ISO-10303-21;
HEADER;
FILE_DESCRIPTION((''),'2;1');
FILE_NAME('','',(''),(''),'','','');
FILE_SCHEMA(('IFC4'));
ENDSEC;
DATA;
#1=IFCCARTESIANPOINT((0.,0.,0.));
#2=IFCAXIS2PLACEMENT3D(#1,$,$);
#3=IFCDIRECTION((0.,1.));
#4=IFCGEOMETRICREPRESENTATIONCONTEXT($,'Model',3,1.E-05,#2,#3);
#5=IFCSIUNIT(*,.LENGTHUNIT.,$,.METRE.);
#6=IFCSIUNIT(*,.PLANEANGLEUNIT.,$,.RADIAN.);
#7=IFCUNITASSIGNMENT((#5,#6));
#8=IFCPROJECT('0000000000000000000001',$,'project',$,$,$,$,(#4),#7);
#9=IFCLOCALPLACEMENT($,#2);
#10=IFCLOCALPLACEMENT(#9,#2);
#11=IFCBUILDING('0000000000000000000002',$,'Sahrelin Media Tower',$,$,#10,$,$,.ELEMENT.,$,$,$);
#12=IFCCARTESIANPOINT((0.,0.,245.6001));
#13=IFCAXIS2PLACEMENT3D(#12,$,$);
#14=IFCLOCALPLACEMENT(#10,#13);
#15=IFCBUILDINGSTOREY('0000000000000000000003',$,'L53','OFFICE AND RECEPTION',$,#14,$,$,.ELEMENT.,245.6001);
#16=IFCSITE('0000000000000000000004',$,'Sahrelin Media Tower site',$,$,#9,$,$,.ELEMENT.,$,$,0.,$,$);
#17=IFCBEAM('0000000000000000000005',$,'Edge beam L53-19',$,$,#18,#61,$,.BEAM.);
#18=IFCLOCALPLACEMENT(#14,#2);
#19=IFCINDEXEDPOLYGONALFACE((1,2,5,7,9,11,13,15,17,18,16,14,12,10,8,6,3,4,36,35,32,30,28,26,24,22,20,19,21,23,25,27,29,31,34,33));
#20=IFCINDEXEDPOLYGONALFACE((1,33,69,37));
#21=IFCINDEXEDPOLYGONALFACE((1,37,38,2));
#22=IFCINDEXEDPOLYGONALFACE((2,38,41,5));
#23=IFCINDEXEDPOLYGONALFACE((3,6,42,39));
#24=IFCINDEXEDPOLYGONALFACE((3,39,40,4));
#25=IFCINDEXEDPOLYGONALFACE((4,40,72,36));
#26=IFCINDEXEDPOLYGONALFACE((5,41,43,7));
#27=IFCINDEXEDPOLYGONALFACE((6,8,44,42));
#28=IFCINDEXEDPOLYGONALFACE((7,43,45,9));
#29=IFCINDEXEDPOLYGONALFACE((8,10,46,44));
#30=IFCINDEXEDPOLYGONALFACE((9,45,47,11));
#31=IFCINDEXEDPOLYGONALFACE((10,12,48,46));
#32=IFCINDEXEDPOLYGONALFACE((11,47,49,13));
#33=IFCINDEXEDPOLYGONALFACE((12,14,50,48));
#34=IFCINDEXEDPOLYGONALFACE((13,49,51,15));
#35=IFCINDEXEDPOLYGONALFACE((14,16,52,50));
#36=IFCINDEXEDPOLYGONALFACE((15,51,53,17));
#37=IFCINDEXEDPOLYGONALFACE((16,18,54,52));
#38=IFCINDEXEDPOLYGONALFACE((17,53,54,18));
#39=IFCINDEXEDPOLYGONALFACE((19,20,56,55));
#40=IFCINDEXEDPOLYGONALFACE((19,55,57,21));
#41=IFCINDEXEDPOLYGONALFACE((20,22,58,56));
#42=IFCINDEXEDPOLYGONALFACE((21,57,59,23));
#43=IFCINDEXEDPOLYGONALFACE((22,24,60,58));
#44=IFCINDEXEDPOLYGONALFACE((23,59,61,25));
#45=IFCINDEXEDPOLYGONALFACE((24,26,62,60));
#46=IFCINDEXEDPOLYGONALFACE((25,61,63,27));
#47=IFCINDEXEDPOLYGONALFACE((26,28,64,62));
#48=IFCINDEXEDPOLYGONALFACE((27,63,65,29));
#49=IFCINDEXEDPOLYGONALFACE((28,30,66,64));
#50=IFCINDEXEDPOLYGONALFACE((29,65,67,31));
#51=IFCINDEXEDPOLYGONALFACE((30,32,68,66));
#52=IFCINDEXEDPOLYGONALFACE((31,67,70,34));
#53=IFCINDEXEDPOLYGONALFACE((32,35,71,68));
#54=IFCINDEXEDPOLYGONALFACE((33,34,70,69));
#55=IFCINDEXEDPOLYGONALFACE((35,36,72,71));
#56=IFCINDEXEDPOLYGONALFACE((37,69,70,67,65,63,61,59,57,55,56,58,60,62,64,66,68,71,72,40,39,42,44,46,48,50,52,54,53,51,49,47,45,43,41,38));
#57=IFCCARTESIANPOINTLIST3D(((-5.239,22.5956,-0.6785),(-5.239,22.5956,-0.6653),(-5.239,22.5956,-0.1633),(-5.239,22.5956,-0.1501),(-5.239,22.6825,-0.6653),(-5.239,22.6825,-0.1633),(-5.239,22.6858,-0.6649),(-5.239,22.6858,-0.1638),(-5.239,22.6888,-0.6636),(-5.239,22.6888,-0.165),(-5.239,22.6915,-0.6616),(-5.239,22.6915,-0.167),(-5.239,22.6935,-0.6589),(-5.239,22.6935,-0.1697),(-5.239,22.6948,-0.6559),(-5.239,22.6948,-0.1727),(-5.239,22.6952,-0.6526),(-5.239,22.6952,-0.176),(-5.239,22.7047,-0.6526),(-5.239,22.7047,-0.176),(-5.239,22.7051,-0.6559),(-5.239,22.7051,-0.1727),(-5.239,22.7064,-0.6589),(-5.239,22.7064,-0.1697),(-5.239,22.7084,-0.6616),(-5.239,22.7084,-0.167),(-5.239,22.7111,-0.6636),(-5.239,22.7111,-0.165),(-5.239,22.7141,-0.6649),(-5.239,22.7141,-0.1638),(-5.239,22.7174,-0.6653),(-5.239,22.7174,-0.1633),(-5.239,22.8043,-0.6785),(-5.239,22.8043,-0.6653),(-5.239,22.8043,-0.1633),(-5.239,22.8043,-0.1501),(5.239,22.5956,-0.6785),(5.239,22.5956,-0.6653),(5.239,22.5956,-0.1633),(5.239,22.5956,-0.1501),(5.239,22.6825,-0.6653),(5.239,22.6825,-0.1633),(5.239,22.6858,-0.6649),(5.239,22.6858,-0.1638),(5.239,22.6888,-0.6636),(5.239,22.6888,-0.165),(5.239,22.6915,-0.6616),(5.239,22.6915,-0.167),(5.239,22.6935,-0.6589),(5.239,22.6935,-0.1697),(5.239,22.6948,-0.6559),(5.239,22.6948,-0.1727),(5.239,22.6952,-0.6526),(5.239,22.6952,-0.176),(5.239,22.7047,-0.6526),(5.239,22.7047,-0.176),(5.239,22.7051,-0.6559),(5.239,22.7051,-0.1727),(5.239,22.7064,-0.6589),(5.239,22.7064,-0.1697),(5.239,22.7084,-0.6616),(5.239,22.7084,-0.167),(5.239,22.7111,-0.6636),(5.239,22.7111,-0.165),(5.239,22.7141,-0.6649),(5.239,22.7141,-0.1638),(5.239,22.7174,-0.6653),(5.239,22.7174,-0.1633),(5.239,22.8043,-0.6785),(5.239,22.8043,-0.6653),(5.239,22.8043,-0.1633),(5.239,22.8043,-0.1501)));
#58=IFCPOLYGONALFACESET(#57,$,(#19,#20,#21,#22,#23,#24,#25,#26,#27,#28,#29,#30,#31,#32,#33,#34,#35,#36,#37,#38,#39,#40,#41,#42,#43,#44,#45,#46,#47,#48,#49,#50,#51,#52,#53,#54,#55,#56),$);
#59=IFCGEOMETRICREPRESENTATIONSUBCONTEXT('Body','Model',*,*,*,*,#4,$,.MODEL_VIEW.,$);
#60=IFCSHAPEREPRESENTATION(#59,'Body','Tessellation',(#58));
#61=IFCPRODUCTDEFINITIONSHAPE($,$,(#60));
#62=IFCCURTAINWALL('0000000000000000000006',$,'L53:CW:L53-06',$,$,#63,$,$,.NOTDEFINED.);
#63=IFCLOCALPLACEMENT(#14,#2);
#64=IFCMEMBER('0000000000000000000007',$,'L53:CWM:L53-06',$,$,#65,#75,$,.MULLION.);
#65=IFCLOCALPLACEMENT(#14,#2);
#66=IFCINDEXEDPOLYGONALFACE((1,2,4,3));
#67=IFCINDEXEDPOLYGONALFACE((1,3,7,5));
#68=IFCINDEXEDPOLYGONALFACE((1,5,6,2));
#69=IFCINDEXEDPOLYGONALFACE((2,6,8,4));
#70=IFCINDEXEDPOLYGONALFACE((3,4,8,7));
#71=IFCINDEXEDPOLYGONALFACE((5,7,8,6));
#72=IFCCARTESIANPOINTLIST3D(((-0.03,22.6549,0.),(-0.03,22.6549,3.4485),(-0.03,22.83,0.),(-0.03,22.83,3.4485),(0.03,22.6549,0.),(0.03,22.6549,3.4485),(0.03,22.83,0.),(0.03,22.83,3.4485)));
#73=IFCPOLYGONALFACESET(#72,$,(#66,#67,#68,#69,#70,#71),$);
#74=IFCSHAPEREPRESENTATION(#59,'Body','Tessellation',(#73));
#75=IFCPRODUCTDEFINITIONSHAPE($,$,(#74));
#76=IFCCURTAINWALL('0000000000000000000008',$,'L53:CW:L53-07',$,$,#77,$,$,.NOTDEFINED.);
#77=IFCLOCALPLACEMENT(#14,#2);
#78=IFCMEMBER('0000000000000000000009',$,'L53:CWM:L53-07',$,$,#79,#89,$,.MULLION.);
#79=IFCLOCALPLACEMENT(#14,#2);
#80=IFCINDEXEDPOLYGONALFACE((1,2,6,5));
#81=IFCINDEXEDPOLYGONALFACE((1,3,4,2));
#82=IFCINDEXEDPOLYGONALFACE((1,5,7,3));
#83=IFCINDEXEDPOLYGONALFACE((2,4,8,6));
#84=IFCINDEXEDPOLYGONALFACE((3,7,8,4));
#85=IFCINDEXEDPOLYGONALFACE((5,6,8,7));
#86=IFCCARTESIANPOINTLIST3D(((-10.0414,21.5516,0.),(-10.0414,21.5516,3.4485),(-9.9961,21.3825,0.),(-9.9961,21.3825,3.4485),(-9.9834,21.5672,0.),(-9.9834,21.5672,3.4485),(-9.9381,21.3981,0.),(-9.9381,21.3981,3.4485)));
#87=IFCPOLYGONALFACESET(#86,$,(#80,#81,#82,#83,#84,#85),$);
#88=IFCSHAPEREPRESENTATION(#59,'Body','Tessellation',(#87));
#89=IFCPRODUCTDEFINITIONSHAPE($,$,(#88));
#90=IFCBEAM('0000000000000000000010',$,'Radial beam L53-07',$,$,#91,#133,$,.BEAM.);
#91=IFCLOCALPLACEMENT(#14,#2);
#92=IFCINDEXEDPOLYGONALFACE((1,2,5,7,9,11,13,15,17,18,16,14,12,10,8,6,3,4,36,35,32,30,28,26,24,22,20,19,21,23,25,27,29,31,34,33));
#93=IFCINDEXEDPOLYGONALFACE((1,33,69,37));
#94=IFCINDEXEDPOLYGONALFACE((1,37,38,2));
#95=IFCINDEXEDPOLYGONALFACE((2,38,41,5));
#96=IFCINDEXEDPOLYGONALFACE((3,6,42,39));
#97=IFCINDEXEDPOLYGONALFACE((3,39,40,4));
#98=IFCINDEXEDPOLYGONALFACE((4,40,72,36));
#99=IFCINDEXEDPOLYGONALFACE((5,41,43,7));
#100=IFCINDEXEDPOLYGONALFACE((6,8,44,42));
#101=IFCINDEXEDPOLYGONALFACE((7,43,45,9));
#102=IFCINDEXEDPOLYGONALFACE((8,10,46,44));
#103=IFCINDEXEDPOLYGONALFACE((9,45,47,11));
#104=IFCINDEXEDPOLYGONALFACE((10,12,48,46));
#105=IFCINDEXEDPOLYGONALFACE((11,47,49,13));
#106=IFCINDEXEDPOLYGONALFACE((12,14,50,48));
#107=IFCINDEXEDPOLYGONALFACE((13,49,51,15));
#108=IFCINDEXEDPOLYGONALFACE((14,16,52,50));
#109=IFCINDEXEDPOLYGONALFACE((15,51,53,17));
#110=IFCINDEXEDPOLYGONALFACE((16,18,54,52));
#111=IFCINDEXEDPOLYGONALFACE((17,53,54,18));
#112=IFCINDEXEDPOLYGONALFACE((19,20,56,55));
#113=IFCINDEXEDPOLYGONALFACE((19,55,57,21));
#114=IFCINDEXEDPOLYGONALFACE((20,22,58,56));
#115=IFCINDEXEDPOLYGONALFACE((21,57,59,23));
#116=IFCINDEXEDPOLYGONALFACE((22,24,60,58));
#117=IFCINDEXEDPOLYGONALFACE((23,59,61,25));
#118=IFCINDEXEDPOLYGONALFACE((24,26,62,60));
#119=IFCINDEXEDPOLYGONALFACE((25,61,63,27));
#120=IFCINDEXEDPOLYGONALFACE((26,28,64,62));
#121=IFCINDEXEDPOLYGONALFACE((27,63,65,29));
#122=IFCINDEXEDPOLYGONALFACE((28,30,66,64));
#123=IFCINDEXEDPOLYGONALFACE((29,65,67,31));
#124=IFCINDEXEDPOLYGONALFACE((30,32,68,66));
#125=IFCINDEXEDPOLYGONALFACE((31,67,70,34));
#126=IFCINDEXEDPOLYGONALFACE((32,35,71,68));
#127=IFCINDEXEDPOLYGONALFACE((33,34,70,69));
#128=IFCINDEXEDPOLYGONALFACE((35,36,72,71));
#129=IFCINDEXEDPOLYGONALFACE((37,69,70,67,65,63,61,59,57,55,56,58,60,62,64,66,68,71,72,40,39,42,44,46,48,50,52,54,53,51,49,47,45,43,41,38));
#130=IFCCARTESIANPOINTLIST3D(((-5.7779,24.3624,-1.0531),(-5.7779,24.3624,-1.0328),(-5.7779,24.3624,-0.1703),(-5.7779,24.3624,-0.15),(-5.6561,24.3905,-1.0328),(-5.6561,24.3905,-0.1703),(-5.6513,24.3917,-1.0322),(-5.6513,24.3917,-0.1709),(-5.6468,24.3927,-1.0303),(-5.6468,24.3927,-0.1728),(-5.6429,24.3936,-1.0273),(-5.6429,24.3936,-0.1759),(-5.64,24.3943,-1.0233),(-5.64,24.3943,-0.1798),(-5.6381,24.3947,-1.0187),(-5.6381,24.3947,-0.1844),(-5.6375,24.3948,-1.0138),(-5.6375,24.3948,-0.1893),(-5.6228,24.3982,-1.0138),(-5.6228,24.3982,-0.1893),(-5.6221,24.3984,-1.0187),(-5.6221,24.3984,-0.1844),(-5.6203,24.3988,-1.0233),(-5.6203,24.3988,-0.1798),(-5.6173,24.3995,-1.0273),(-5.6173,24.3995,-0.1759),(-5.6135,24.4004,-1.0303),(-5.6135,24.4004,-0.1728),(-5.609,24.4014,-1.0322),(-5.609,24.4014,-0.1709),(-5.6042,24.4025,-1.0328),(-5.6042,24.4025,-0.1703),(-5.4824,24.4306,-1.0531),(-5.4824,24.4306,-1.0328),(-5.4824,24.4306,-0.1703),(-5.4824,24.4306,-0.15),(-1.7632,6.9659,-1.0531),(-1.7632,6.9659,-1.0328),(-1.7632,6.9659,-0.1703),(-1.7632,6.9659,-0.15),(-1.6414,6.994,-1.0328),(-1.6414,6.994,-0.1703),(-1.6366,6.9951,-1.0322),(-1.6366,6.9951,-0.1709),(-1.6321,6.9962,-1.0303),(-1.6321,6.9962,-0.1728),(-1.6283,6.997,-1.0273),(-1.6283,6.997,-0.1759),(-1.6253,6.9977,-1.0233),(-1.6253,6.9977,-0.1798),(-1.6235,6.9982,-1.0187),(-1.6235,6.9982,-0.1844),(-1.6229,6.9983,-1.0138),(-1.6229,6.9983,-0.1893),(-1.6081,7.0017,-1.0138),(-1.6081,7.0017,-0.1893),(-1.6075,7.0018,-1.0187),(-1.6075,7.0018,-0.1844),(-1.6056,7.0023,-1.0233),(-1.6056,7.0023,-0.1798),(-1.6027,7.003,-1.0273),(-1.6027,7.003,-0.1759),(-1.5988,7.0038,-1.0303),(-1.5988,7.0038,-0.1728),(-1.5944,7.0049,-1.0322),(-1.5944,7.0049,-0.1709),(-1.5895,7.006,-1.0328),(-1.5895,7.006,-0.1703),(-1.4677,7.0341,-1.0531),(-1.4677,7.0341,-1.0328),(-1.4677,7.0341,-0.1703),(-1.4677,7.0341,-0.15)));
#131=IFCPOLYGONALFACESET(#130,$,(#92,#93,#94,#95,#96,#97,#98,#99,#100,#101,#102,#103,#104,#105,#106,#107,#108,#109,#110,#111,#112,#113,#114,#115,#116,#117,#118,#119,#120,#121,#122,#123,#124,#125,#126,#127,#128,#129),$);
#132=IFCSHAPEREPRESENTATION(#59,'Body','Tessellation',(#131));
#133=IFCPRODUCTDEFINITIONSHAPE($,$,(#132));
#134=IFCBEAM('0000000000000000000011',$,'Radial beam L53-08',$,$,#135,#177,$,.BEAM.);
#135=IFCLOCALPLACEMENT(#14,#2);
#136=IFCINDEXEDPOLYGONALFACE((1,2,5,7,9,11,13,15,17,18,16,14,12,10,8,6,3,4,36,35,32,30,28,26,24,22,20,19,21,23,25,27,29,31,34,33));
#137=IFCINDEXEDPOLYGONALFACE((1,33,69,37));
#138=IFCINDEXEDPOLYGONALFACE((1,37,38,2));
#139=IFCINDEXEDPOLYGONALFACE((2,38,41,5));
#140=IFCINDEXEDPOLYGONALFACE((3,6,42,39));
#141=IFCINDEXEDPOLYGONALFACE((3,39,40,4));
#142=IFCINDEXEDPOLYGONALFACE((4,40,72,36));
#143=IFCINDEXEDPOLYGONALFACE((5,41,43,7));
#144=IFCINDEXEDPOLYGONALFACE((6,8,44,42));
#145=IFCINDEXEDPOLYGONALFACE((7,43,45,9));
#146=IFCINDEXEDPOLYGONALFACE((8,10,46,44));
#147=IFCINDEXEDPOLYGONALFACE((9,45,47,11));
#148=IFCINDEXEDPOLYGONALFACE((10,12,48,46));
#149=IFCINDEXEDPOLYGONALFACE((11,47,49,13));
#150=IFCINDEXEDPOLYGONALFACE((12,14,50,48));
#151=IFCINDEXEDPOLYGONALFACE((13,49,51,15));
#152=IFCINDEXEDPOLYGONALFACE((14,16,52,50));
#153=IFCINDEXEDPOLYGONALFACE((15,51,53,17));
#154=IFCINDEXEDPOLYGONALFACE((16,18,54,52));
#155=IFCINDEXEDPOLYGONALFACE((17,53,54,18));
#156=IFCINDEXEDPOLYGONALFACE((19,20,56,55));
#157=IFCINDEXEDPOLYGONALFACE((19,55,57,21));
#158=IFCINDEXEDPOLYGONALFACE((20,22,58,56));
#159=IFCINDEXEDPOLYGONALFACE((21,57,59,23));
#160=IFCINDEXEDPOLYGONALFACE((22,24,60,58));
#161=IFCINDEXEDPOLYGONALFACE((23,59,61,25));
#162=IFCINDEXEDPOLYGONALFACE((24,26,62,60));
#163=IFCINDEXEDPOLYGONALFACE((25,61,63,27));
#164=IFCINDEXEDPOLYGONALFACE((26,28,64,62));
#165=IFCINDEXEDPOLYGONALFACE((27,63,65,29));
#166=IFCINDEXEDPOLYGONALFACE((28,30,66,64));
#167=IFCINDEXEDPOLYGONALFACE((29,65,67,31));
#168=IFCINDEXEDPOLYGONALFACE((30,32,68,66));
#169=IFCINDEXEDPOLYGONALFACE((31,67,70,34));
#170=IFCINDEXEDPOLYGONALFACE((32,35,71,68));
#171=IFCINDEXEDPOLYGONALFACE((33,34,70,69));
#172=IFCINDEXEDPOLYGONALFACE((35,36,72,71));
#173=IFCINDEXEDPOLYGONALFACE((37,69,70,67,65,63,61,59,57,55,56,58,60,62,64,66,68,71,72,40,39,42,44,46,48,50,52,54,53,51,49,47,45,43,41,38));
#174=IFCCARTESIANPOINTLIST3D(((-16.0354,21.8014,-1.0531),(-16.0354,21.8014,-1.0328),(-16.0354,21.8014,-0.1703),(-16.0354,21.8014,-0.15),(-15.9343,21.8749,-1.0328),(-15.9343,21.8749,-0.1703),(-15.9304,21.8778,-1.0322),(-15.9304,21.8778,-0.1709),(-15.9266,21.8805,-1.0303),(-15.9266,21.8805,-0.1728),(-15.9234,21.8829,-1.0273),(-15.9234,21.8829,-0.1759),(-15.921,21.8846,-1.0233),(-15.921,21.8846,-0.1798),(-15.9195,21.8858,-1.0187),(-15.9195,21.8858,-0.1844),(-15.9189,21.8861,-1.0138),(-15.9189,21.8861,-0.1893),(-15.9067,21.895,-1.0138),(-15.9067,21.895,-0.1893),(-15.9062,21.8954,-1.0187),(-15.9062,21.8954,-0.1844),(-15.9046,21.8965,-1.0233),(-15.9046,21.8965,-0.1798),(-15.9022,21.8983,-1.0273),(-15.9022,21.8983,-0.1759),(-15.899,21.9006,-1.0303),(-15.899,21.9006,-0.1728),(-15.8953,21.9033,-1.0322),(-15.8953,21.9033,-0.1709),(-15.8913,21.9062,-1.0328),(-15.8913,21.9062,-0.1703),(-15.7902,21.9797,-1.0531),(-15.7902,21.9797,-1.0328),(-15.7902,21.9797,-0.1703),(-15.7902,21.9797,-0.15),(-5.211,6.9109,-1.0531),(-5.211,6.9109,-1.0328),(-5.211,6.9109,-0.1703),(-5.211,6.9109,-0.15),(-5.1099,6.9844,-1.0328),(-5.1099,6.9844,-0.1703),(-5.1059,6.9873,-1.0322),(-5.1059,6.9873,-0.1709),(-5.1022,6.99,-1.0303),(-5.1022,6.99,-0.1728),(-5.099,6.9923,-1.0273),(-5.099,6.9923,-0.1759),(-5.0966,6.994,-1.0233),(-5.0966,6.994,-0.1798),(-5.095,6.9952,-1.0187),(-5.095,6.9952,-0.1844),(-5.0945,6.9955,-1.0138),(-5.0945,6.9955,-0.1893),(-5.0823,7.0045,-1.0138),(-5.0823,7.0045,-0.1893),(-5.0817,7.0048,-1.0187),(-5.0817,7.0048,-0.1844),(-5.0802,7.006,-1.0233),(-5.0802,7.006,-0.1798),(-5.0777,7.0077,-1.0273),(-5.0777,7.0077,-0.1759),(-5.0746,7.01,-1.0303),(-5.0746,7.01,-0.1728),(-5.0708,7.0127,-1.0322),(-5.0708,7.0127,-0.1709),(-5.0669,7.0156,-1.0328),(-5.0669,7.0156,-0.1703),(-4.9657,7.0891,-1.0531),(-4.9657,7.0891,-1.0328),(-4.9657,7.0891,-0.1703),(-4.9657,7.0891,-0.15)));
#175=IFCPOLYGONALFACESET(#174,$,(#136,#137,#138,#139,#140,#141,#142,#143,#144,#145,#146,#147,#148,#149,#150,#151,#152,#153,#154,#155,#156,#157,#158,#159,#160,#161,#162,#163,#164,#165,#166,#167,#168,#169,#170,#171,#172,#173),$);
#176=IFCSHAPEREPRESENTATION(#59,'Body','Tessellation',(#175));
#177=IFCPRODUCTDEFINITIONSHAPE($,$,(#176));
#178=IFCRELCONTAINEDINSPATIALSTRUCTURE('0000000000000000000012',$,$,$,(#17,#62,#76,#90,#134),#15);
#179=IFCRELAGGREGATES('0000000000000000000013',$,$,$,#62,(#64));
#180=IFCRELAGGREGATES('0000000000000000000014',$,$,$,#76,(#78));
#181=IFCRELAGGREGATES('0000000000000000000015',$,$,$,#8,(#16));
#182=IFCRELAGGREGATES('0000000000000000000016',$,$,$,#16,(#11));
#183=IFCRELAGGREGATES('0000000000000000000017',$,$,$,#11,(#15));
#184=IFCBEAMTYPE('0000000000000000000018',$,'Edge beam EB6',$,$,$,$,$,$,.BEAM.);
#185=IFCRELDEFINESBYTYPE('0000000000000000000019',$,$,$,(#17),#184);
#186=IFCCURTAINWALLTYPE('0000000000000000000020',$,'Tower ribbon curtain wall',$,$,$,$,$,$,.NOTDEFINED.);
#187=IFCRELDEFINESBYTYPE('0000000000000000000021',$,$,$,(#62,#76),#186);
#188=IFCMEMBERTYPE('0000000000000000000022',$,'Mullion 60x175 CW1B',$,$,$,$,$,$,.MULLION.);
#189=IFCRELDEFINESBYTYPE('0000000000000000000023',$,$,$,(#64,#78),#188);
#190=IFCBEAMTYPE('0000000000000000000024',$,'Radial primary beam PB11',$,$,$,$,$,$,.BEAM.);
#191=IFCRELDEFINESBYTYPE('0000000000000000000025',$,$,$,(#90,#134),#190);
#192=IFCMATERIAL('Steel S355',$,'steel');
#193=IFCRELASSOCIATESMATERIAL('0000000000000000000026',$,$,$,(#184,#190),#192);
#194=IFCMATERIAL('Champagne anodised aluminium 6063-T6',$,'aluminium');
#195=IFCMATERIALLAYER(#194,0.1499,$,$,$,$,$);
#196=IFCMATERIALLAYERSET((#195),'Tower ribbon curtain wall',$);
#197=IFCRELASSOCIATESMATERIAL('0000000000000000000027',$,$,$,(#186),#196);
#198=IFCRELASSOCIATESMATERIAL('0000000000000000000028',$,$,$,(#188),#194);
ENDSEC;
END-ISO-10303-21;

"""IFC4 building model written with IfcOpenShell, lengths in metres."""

from ifc_helpers import new_model, si_unit, direction, frame, origin, origin_2d, place, context, subcontext, project, spatial, rectangle, i_section, extrude, material, layer, layer_set, material_profile, profile_set, type_object, element, aggregate, save


model = new_model("IFC4")

# Units and contexts
model_context = context("Model", 3, precision=1e-05, world=origin(), true_north=direction((0.0, 1.0)))
body_context = subcontext(model_context, "Body", "Model", "MODEL_VIEW")
ifc_project = project(units=[si_unit("LENGTHUNIT", "METRE"), si_unit("PLANEANGLEUNIT", "RADIAN")], contexts=[model_context])

# Site, building, storey
site_placement = place(None, origin())
site = spatial("IfcSite", under=ifc_project, at=site_placement, Name="Sahrelin Media Tower site", CompositionType="ELEMENT", RefElevation=0.0)
building_placement = place(site_placement, origin())
building = spatial("IfcBuilding", under=site, at=building_placement, Name="Sahrelin Media Tower", CompositionType="ELEMENT")
storey_placement = place(building_placement, frame((0.0, 0.0, 245.6001)))
storey = spatial("IfcBuildingStorey", under=building, at=storey_placement, Name="L53", Description="OFFICE AND RECEPTION", CompositionType="ELEMENT", Elevation=245.6001)

# Beam
ifc_material_1 = material(Name="Steel S355", Category="steel")
ifc_material_profile_1 = material_profile(ifc_material_1, i_section(OverallWidth=0.2087, OverallDepth=0.5283, WebThickness=0.0095, FlangeThickness=0.0132, FilletRadius=0.0127, at=origin_2d()), Name="UB 533x210x82")
ifc_profile_set_1 = profile_set([ifc_material_profile_1], Name="Steel S355")
beam_type_1 = type_object("IfcBeamType", Name="Edge beam EB6", PredefinedType="BEAM", material=ifc_profile_set_1)
beam_1_placement = place(storey_placement, frame((-5.239, 22.7, -0.4143), z_axis=(1.0, 0.0, 0.0), x_axis=(0.0, 1.0, 0.0)))
element("IfcBeam", 1, at=beam_1_placement, inside=storey, type_object=beam_type_1, Name="Edge beam L53-19", PredefinedType="BEAM", context=body_context, shape_type="SweptSolid", body=[
    extrude(i_section(OverallWidth=0.2087, OverallDepth=0.5283, WebThickness=0.0095, FlangeThickness=0.0132, FilletRadius=0.0127, at=origin_2d()), origin(), (0.0, 0.0, 1.0), 10.478),
])

# Curtain walls, members
ifc_material_2 = material(Name="Champagne anodised aluminium 6063-T6", Category="aluminium")
ifc_layer_1 = layer(ifc_material_2, 0.1499)
ifc_layer_set_1 = layer_set([ifc_layer_1], Name="Tower ribbon curtain wall")
curtain_wall_type = type_object("IfcCurtainWallType", Name="Tower ribbon curtain wall", PredefinedType="NOTDEFINED", material=ifc_layer_set_1)
curtain_wall_1_placement = place(storey_placement, frame((0.0, 22.8501, 0.0), z_axis=(0.0, 0.0, 1.0), x_axis=(1.0, 0.0, 0.0)))
curtain_wall_1 = element("IfcCurtainWall", 2, at=curtain_wall_1_placement, inside=storey, type_object=curtain_wall_type, Name="L53:CW:L53-06", PredefinedType="NOTDEFINED")
ifc_material_profile_2 = material_profile(ifc_material_2, rectangle(XDim=0.0601, YDim=0.175, at=origin_2d()), Name="Mullion 60x175")
ifc_profile_set_2 = profile_set([ifc_material_profile_2], Name="Champagne anodised aluminium 6063-T6")
member_type_1 = type_object("IfcMemberType", Name="Mullion 60x175 CW1B", PredefinedType="MULLION", material=ifc_profile_set_2)
member_1_placement = place(storey_placement, frame((0.0, 22.7424, 0.0), z_axis=(0.0, 0.0, 1.0), x_axis=(-1.0, 0.0, 0.0)))
member_1 = element("IfcMember", 3, at=member_1_placement, type_object=member_type_1, Name="L53:CWM:L53-06", PredefinedType="MULLION", context=body_context, shape_type="SweptSolid", body=[
    extrude(rectangle(XDim=0.0601, YDim=0.175, at=origin_2d()), origin(), (0.0, 0.0, 1.0), 3.4485),
])
aggregate(curtain_wall_1, [member_1])
curtain_wall_2_placement = place(storey_placement, frame((-10.0176, 21.5789, 0.0), z_axis=(0.0, 0.0, 1.0), x_axis=(1.0, 0.0, 0.0)))
curtain_wall_2 = element("IfcCurtainWall", 4, at=curtain_wall_2_placement, inside=storey, type_object=curtain_wall_type, Name="L53:CW:L53-07", PredefinedType="NOTDEFINED")
member_2_placement = place(storey_placement, frame((-9.9897, 21.4749, 0.0), z_axis=(0.0, 0.0, 1.0), x_axis=(-0.965925, -0.258821, 0.0)))
member_2 = element("IfcMember", 5, at=member_2_placement, type_object=member_type_1, Name="L53:CWM:L53-07", PredefinedType="MULLION", context=body_context, shape_type="SweptSolid", body=[
    extrude(rectangle(XDim=0.0601, YDim=0.175, at=origin_2d()), origin(), (0.0, 0.0, 1.0), 3.4485),
])

# Beams
ifc_material_profile_3 = material_profile(ifc_material_1, i_section(OverallWidth=0.3032, OverallDepth=0.9031, WebThickness=0.0151, FlangeThickness=0.0203, FilletRadius=0.019, at=origin_2d()), Name="UB 914x305x201")
ifc_profile_set_3 = profile_set([ifc_material_profile_3], Name="Steel S355")
beam_type_2 = type_object("IfcBeamType", Name="Radial primary beam PB11", PredefinedType="BEAM", material=ifc_profile_set_3)
beam_2_placement = place(storey_placement, frame((-1.6155, 7.0, -0.6016), z_axis=(-0.224864, 0.97439, 0.0), x_axis=(-0.97439, -0.224864, 0.0)))
element("IfcBeam", 6, at=beam_2_placement, inside=storey, type_object=beam_type_2, Name="Radial beam L53-07", PredefinedType="BEAM", context=body_context, shape_type="SweptSolid", body=[
    extrude(i_section(OverallWidth=0.3032, OverallDepth=0.9031, WebThickness=0.0151, FlangeThickness=0.0203, FilletRadius=0.019, at=origin_2d()), origin(), (0.0, 0.0, 1.0), 17.8538),
])
beam_3_placement = place(storey_placement, frame((-5.0884, 7.0, -0.6016), z_axis=(-0.587991, 0.808867, 0.0), x_axis=(-0.808867, -0.587991, 0.0)))
element("IfcBeam", 7, at=beam_3_placement, inside=storey, type_object=beam_type_2, Name="Radial beam L53-08", PredefinedType="BEAM", context=body_context, shape_type="SweptSolid", body=[
    extrude(i_section(OverallWidth=0.3032, OverallDepth=0.9031, WebThickness=0.0151, FlangeThickness=0.0203, FilletRadius=0.019, at=origin_2d()), origin(), (0.0, 0.0, 1.0), 18.4092),
])

aggregate(curtain_wall_2, [member_2])

save(model, "model.ifc")
